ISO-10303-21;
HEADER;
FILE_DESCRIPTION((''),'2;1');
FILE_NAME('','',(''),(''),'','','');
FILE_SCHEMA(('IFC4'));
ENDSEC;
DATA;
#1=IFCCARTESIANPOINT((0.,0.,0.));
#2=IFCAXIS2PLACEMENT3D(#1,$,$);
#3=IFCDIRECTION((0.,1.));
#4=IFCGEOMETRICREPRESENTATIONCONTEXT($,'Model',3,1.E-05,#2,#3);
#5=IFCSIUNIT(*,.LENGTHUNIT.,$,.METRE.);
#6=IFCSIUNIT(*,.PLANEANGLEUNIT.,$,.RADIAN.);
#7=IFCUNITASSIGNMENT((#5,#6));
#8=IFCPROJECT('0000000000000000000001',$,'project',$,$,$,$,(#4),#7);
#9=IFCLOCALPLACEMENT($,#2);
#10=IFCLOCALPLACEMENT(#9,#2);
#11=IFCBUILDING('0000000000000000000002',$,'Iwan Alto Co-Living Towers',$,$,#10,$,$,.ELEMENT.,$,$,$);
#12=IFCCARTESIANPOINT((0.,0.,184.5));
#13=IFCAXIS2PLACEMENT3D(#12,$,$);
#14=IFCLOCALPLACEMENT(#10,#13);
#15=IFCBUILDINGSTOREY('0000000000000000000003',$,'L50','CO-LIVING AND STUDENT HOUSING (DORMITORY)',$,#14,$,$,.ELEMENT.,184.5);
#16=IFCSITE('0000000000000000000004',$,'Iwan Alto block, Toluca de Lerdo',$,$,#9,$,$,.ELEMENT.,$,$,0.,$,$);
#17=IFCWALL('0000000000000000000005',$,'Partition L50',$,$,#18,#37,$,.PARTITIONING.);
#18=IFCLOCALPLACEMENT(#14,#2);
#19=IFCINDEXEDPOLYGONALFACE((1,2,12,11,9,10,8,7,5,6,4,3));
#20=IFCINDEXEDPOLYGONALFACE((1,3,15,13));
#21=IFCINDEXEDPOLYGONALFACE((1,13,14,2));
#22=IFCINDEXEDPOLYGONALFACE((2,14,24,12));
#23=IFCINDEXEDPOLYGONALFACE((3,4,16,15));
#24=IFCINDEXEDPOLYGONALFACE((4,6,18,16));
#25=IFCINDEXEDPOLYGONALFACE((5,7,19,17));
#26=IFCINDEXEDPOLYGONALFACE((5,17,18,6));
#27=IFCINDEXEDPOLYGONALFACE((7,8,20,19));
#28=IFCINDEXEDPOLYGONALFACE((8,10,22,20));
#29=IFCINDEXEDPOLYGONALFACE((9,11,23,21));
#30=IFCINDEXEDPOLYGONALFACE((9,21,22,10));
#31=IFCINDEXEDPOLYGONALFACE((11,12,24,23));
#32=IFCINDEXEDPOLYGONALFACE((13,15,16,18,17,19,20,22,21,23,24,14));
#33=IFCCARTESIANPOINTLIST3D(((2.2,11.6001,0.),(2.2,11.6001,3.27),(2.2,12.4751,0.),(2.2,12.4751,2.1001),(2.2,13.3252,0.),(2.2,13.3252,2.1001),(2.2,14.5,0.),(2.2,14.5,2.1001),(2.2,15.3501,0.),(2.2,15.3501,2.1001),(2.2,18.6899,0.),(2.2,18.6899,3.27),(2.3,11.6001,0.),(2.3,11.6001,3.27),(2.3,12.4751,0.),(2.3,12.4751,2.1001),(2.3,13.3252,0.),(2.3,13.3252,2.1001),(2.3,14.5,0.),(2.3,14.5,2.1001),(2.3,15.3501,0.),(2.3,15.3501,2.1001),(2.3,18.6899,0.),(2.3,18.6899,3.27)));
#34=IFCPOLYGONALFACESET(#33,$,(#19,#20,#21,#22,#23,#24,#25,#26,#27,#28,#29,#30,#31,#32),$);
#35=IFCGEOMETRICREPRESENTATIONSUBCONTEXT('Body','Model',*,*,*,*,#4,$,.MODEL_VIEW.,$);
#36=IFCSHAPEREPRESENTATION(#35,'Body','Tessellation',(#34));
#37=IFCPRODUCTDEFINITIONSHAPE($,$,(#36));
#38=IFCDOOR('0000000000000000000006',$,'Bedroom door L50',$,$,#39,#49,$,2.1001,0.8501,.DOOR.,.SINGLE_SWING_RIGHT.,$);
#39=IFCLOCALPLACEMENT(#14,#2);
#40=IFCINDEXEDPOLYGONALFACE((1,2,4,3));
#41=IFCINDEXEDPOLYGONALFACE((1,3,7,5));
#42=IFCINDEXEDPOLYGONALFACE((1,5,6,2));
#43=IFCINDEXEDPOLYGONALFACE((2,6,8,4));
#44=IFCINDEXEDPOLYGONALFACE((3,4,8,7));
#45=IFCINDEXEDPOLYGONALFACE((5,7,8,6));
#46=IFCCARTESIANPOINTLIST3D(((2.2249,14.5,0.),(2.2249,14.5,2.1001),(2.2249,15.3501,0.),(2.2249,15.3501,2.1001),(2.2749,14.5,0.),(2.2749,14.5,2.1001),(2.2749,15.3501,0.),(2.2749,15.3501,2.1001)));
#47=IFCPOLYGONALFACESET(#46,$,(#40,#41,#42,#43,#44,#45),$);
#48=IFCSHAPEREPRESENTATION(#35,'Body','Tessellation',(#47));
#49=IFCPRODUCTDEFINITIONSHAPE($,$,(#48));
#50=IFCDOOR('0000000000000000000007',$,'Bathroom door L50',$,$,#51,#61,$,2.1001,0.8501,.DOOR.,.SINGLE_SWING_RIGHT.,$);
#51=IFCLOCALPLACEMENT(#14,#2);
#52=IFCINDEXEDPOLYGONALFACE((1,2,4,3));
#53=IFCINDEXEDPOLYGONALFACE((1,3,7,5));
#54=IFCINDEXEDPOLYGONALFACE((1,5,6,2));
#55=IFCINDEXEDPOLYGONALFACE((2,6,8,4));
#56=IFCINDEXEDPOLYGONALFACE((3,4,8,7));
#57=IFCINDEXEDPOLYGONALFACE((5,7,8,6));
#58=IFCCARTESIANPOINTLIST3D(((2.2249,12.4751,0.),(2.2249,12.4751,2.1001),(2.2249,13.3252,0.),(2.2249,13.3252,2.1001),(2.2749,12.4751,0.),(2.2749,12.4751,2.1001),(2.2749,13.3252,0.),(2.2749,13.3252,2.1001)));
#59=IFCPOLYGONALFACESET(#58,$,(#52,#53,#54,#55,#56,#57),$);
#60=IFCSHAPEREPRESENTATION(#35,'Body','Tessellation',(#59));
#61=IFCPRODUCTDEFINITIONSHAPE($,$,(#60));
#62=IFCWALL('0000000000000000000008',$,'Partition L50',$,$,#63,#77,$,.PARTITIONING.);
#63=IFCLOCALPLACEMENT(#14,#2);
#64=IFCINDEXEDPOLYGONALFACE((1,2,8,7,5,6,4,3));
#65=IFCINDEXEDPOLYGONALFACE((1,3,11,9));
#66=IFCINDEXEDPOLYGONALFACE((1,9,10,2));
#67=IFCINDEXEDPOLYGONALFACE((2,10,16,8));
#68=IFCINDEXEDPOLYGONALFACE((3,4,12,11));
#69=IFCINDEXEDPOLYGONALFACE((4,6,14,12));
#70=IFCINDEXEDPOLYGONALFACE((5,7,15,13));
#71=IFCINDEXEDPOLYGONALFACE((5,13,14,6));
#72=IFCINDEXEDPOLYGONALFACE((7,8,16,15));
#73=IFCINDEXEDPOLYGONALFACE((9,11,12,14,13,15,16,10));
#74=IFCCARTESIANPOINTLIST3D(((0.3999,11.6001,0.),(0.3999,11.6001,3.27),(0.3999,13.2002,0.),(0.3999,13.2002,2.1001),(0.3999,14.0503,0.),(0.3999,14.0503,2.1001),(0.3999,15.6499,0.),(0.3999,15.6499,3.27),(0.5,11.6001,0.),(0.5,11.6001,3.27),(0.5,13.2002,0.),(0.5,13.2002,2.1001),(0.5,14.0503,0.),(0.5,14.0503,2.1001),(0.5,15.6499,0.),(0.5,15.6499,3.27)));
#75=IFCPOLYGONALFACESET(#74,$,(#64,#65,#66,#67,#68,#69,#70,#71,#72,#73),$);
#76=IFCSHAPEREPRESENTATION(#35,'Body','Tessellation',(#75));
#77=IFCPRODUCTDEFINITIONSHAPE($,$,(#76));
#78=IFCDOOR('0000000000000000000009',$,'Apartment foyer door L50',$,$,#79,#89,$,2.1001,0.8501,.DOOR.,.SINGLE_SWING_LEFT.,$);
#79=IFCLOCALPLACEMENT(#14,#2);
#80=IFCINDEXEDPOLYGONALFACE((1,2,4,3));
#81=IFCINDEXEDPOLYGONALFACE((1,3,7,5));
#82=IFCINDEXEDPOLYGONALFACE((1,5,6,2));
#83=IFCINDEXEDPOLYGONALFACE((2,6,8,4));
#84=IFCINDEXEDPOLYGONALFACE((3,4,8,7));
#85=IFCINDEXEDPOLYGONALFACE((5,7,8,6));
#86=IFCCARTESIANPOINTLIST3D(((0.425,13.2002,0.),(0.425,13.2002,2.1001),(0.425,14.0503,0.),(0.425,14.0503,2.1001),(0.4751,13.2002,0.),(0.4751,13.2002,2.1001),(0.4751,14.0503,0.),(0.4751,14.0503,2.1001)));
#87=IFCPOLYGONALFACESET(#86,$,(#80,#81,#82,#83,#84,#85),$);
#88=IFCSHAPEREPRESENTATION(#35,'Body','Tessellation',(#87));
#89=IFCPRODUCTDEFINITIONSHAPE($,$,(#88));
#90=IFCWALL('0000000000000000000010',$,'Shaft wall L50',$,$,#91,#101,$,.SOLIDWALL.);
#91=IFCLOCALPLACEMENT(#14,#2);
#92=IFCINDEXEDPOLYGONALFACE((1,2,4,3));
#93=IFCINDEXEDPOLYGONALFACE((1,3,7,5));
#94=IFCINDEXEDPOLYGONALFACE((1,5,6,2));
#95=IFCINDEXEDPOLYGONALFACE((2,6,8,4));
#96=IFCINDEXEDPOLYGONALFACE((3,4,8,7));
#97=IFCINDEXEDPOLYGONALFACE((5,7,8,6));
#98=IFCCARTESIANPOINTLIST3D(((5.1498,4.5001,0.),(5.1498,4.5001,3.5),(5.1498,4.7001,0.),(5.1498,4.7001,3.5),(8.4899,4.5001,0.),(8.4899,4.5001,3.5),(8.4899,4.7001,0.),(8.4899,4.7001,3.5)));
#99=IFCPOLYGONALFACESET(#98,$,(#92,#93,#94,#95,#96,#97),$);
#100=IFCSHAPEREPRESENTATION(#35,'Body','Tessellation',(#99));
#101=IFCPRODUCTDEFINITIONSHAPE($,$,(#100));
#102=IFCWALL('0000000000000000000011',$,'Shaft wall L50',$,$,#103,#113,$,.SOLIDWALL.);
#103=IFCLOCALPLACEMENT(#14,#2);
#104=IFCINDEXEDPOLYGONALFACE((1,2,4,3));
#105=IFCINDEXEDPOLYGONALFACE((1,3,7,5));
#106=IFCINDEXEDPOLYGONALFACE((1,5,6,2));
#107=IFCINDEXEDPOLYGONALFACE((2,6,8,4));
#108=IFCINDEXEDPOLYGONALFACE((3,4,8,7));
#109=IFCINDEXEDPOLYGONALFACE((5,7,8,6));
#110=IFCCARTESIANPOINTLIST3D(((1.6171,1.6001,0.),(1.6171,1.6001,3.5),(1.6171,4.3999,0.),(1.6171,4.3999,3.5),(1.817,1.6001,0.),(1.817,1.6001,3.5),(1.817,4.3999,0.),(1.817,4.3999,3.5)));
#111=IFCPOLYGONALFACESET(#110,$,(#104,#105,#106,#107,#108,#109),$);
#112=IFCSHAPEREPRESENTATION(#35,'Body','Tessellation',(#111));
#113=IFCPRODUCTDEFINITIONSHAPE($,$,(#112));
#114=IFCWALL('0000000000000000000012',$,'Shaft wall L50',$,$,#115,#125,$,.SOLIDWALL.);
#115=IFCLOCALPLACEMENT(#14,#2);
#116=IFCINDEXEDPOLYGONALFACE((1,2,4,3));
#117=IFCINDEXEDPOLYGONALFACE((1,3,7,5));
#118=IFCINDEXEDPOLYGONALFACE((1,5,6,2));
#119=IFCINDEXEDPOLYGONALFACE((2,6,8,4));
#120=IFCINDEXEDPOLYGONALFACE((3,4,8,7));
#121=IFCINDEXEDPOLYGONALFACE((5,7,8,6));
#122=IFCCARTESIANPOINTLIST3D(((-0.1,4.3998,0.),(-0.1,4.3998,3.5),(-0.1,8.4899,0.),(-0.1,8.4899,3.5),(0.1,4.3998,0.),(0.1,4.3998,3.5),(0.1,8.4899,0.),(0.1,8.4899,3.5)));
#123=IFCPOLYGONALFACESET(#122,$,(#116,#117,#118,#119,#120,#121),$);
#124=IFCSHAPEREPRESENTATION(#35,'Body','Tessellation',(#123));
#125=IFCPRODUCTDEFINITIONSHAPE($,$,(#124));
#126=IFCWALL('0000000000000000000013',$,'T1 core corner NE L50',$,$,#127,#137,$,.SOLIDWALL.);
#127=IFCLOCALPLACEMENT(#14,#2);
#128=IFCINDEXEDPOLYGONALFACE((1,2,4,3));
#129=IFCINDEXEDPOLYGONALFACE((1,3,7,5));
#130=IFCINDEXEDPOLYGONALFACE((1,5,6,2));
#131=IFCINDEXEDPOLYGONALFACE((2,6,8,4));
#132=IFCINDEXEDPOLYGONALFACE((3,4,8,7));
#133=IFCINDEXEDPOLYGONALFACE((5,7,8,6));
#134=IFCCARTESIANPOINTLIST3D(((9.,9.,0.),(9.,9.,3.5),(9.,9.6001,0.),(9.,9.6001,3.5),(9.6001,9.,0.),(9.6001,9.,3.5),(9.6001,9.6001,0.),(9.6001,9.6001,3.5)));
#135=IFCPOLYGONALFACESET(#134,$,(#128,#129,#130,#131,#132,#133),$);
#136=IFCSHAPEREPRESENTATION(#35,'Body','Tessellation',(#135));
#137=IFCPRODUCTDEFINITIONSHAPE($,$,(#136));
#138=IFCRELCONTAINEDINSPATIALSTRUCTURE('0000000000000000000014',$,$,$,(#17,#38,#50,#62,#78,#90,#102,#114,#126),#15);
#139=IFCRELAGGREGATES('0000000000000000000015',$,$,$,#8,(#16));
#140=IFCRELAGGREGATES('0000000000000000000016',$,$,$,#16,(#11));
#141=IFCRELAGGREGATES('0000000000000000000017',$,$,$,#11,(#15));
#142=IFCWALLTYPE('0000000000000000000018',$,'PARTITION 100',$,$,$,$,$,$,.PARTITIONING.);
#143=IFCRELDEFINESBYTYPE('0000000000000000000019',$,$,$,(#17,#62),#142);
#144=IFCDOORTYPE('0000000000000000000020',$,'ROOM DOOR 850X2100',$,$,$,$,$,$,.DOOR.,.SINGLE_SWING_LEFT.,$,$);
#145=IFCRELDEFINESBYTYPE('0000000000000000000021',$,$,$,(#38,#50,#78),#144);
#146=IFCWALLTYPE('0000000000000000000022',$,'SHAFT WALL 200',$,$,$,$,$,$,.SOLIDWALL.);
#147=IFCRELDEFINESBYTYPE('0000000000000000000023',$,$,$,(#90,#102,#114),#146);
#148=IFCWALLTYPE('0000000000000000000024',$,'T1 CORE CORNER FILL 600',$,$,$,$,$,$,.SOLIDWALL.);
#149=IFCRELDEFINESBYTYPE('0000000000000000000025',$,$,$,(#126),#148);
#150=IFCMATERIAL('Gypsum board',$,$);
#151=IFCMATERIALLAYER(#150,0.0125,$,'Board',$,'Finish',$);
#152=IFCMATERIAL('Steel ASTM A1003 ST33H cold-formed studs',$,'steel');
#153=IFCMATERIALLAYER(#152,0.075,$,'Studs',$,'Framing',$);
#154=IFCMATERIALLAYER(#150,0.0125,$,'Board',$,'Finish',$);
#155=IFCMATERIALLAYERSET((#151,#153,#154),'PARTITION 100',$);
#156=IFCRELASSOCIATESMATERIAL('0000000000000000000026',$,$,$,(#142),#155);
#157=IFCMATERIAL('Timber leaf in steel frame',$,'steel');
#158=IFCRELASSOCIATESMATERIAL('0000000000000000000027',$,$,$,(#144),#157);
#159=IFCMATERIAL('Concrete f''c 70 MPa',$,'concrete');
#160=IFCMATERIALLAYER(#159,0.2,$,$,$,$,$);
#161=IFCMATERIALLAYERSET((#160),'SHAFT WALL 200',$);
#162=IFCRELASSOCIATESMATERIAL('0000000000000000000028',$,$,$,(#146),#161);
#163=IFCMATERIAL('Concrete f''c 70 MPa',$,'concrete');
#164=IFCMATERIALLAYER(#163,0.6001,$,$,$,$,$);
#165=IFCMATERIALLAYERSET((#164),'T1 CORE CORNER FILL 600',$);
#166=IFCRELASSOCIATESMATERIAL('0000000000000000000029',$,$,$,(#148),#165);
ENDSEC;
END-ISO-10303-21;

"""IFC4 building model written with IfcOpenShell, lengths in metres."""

from ifc_helpers import new_model, si_unit, direction, frame, frame_2d, origin, place, context, subcontext, project, spatial, rectangle, extrude, material, layer, layer_set, type_object, element, fill, save


model = new_model("IFC4")

# Units and contexts
model_context = context("Model", 3, precision=1e-05, world=origin(), true_north=direction((0.0, 1.0)))
body_context = subcontext(model_context, "Body", "Model", "MODEL_VIEW")
ifc_project = project(units=[si_unit("LENGTHUNIT", "METRE"), si_unit("PLANEANGLEUNIT", "RADIAN")], contexts=[model_context])

# Site, building, storey
site_placement = place(None, origin())
site = spatial("IfcSite", under=ifc_project, at=site_placement, Name="Iwan Alto block, Toluca de Lerdo", CompositionType="ELEMENT", RefElevation=0.0)
building_placement = place(site_placement, origin())
building = spatial("IfcBuilding", under=site, at=building_placement, Name="Iwan Alto Co-Living Towers", CompositionType="ELEMENT")
storey_placement = place(building_placement, frame((0.0, 0.0, 184.5)))
storey = spatial("IfcBuildingStorey", under=building, at=storey_placement, Name="L50", Description="CO-LIVING AND STUDENT HOUSING (DORMITORY)", CompositionType="ELEMENT", Elevation=184.5)

# Shared definitions
ifc_material_1 = material(Name="Gypsum board")
ifc_material_2 = material(Name="Steel ASTM A1003 ST33H cold-formed studs", Category="steel")

# Shared definitions
ifc_layer_1 = layer(ifc_material_1, 0.0125, Name="Board", Category="Finish")
ifc_layer_2 = layer(ifc_material_2, 0.075, Name="Studs", Category="Framing")
ifc_layer_3 = layer(ifc_material_1, 0.0125, Name="Board", Category="Finish")
ifc_layer_set_1 = layer_set([ifc_layer_1, ifc_layer_2, ifc_layer_3], Name="PARTITION 100")
wall_type_1 = type_object("IfcWallType", Name="PARTITION 100", PredefinedType="PARTITIONING", material=ifc_layer_set_1)

# Wall, openings, doors
wall_1_placement = place(storey_placement, frame((2.25, 11.6001, 0.0), z_axis=(0.0, 0.0, 1.0), x_axis=(0.0, 1.0, 0.0)))
wall_1 = element("IfcWall", 1, at=wall_1_placement, inside=storey, type_object=wall_type_1, Name="Partition L50", PredefinedType="PARTITIONING", context=body_context, shape_type="SweptSolid", body=[
    extrude(rectangle(XDim=7.0898, YDim=0.1001, at=frame_2d((3.5449, 0.0))), origin(), (0.0, 0.0, 1.0), 3.27),
])
opening_1_placement = place(wall_1_placement, frame((2.8999, 0.0, 0.0)))
opening_1 = element("IfcOpeningElement", 2, at=opening_1_placement, cuts=wall_1, PredefinedType="OPENING", context=body_context, shape_type="SweptSolid", body=[
    extrude(rectangle(XDim=0.8501, YDim=2.1001, at=frame_2d((0.425, 1.05))), frame((0.0, 0.0601, 0.0), z_axis=(0.0, -1.0, 0.0), x_axis=(1.0, 0.0, 0.0)), (0.0, 0.0, 1.0), 0.1201),
])
opening_2_placement = place(wall_1_placement, frame((0.875, 0.0, 0.0)))
opening_2 = element("IfcOpeningElement", 3, at=opening_2_placement, cuts=wall_1, PredefinedType="OPENING", context=body_context, shape_type="SweptSolid", body=[
    extrude(rectangle(XDim=0.8501, YDim=2.1001, at=frame_2d((0.425, 1.05))), frame((0.0, 0.0601, 0.0), z_axis=(0.0, -1.0, 0.0), x_axis=(1.0, 0.0, 0.0)), (0.0, 0.0, 1.0), 0.1201),
])
ifc_material_3 = material(Name="Timber leaf in steel frame", Category="steel")
door_type_1 = type_object("IfcDoorType", Name="ROOM DOOR 850X2100", OperationType="SINGLE_SWING_LEFT", PredefinedType="DOOR", material=ifc_material_3)
door_1_placement = place(opening_1_placement, frame((0.8501, 0.0, 0.0), z_axis=(0.0, 0.0, 1.0), x_axis=(-1.0, 0.0, 0.0)))
door_1 = element("IfcDoor", 4, at=door_1_placement, inside=storey, type_object=door_type_1, Name="Bedroom door L50", OperationType="SINGLE_SWING_RIGHT", OverallHeight=2.1001, OverallWidth=0.8501, PredefinedType="DOOR", context=body_context, shape_type="SweptSolid", body=[
    extrude(rectangle(XDim=0.8501, YDim=2.1001, at=frame_2d((0.425, 1.05))), frame((0.0, 0.0249, 0.0), z_axis=(0.0, -1.0, 0.0), x_axis=(1.0, 0.0, 0.0)), (0.0, 0.0, 1.0), 0.05),
])
fill(opening_1, door_1)
door_2_placement = place(opening_2_placement, frame((0.8501, 0.0, 0.0), z_axis=(0.0, 0.0, 1.0), x_axis=(-1.0, 0.0, 0.0)))
door_2 = element("IfcDoor", 5, at=door_2_placement, inside=storey, type_object=door_type_1, Name="Bathroom door L50", OperationType="SINGLE_SWING_RIGHT", OverallHeight=2.1001, OverallWidth=0.8501, PredefinedType="DOOR", context=body_context, shape_type="SweptSolid", body=[
    extrude(rectangle(XDim=0.8501, YDim=2.1001, at=frame_2d((0.425, 1.05))), frame((0.0, 0.0249, 0.0), z_axis=(0.0, -1.0, 0.0), x_axis=(1.0, 0.0, 0.0)), (0.0, 0.0, 1.0), 0.05),
])
fill(opening_2, door_2)

# Wall, opening, door
wall_2_placement = place(storey_placement, frame((0.45, 11.6001, 0.0), z_axis=(0.0, 0.0, 1.0), x_axis=(0.0, 1.0, 0.0)))
wall_2 = element("IfcWall", 6, at=wall_2_placement, inside=storey, type_object=wall_type_1, Name="Partition L50", PredefinedType="PARTITIONING", context=body_context, shape_type="SweptSolid", body=[
    extrude(rectangle(XDim=4.0498, YDim=0.1001, at=frame_2d((2.0249, 0.0))), origin(), (0.0, 0.0, 1.0), 3.27),
])
opening_3_placement = place(wall_2_placement, frame((1.6001, 0.0, 0.0)))
opening_3 = element("IfcOpeningElement", 7, at=opening_3_placement, cuts=wall_2, PredefinedType="OPENING", context=body_context, shape_type="SweptSolid", body=[
    extrude(rectangle(XDim=0.8501, YDim=2.1001, at=frame_2d((0.425, 1.05))), frame((0.0, 0.0601, 0.0), z_axis=(0.0, -1.0, 0.0), x_axis=(1.0, 0.0, 0.0)), (0.0, 0.0, 1.0), 0.1201),
])
door_3_placement = place(opening_3_placement, origin())
door_3 = element("IfcDoor", 8, at=door_3_placement, inside=storey, type_object=door_type_1, Name="Apartment foyer door L50", OperationType="SINGLE_SWING_LEFT", OverallHeight=2.1001, OverallWidth=0.8501, PredefinedType="DOOR", context=body_context, shape_type="SweptSolid", body=[
    extrude(rectangle(XDim=0.8501, YDim=2.1001, at=frame_2d((0.425, 1.05))), frame((0.0, 0.0249, 0.0), z_axis=(0.0, -1.0, 0.0), x_axis=(1.0, 0.0, 0.0)), (0.0, 0.0, 1.0), 0.05),
])
fill(opening_3, door_3)

# Walls
ifc_material_4 = material(Name="Concrete f'c 70 MPa", Category="concrete")
ifc_layer_4 = layer(ifc_material_4, 0.2)
ifc_layer_set_2 = layer_set([ifc_layer_4], Name="SHAFT WALL 200")
wall_type_2 = type_object("IfcWallType", Name="SHAFT WALL 200", PredefinedType="SOLIDWALL", material=ifc_layer_set_2)
wall_3_placement = place(storey_placement, frame((5.1499, 4.6001, 0.0), z_axis=(0.0, 0.0, 1.0), x_axis=(1.0, 0.0, 0.0)))
element("IfcWall", 9, at=wall_3_placement, inside=storey, type_object=wall_type_2, Name="Shaft wall L50", PredefinedType="SOLIDWALL", context=body_context, shape_type="SweptSolid", body=[
    extrude(rectangle(XDim=3.3401, YDim=0.2, at=frame_2d((1.6699, 0.0))), origin(), (0.0, 0.0, 1.0), 3.5),
])
wall_4_placement = place(storey_placement, frame((1.717, 1.6001, 0.0), z_axis=(0.0, 0.0, 1.0), x_axis=(0.0, 1.0, 0.0)))
element("IfcWall", 10, at=wall_4_placement, inside=storey, type_object=wall_type_2, Name="Shaft wall L50", PredefinedType="SOLIDWALL", context=body_context, shape_type="SweptSolid", body=[
    extrude(rectangle(XDim=2.7998, YDim=0.2, at=frame_2d((1.3999, 0.0))), origin(), (0.0, 0.0, 1.0), 3.5),
])
wall_5_placement = place(storey_placement, frame((0.0, 4.3999, 0.0), z_axis=(0.0, 0.0, 1.0), x_axis=(0.0, 1.0, 0.0)))
element("IfcWall", 11, at=wall_5_placement, inside=storey, type_object=wall_type_2, Name="Shaft wall L50", PredefinedType="SOLIDWALL", context=body_context, shape_type="SweptSolid", body=[
    extrude(rectangle(XDim=4.0901, YDim=0.2, at=frame_2d((2.0449, 0.0))), origin(), (0.0, 0.0, 1.0), 3.5),
])
ifc_material_5 = material(Name="Concrete f'c 70 MPa", Category="concrete")
ifc_layer_5 = layer(ifc_material_5, 0.6001)
ifc_layer_set_3 = layer_set([ifc_layer_5], Name="T1 CORE CORNER FILL 600")
wall_type_3 = type_object("IfcWallType", Name="T1 CORE CORNER FILL 600", PredefinedType="SOLIDWALL", material=ifc_layer_set_3)
wall_6_placement = place(storey_placement, frame((9.0, 9.3, 0.0), z_axis=(0.0, 0.0, 1.0), x_axis=(1.0, 0.0, 0.0)))
element("IfcWall", 12, at=wall_6_placement, inside=storey, type_object=wall_type_3, Name="T1 core corner NE L50", PredefinedType="SOLIDWALL", context=body_context, shape_type="SweptSolid", body=[
    extrude(rectangle(XDim=0.6001, YDim=0.6001, at=frame_2d((0.3, 0.0))), origin(), (0.0, 0.0, 1.0), 3.5),
])

save(model, "model.ifc")
